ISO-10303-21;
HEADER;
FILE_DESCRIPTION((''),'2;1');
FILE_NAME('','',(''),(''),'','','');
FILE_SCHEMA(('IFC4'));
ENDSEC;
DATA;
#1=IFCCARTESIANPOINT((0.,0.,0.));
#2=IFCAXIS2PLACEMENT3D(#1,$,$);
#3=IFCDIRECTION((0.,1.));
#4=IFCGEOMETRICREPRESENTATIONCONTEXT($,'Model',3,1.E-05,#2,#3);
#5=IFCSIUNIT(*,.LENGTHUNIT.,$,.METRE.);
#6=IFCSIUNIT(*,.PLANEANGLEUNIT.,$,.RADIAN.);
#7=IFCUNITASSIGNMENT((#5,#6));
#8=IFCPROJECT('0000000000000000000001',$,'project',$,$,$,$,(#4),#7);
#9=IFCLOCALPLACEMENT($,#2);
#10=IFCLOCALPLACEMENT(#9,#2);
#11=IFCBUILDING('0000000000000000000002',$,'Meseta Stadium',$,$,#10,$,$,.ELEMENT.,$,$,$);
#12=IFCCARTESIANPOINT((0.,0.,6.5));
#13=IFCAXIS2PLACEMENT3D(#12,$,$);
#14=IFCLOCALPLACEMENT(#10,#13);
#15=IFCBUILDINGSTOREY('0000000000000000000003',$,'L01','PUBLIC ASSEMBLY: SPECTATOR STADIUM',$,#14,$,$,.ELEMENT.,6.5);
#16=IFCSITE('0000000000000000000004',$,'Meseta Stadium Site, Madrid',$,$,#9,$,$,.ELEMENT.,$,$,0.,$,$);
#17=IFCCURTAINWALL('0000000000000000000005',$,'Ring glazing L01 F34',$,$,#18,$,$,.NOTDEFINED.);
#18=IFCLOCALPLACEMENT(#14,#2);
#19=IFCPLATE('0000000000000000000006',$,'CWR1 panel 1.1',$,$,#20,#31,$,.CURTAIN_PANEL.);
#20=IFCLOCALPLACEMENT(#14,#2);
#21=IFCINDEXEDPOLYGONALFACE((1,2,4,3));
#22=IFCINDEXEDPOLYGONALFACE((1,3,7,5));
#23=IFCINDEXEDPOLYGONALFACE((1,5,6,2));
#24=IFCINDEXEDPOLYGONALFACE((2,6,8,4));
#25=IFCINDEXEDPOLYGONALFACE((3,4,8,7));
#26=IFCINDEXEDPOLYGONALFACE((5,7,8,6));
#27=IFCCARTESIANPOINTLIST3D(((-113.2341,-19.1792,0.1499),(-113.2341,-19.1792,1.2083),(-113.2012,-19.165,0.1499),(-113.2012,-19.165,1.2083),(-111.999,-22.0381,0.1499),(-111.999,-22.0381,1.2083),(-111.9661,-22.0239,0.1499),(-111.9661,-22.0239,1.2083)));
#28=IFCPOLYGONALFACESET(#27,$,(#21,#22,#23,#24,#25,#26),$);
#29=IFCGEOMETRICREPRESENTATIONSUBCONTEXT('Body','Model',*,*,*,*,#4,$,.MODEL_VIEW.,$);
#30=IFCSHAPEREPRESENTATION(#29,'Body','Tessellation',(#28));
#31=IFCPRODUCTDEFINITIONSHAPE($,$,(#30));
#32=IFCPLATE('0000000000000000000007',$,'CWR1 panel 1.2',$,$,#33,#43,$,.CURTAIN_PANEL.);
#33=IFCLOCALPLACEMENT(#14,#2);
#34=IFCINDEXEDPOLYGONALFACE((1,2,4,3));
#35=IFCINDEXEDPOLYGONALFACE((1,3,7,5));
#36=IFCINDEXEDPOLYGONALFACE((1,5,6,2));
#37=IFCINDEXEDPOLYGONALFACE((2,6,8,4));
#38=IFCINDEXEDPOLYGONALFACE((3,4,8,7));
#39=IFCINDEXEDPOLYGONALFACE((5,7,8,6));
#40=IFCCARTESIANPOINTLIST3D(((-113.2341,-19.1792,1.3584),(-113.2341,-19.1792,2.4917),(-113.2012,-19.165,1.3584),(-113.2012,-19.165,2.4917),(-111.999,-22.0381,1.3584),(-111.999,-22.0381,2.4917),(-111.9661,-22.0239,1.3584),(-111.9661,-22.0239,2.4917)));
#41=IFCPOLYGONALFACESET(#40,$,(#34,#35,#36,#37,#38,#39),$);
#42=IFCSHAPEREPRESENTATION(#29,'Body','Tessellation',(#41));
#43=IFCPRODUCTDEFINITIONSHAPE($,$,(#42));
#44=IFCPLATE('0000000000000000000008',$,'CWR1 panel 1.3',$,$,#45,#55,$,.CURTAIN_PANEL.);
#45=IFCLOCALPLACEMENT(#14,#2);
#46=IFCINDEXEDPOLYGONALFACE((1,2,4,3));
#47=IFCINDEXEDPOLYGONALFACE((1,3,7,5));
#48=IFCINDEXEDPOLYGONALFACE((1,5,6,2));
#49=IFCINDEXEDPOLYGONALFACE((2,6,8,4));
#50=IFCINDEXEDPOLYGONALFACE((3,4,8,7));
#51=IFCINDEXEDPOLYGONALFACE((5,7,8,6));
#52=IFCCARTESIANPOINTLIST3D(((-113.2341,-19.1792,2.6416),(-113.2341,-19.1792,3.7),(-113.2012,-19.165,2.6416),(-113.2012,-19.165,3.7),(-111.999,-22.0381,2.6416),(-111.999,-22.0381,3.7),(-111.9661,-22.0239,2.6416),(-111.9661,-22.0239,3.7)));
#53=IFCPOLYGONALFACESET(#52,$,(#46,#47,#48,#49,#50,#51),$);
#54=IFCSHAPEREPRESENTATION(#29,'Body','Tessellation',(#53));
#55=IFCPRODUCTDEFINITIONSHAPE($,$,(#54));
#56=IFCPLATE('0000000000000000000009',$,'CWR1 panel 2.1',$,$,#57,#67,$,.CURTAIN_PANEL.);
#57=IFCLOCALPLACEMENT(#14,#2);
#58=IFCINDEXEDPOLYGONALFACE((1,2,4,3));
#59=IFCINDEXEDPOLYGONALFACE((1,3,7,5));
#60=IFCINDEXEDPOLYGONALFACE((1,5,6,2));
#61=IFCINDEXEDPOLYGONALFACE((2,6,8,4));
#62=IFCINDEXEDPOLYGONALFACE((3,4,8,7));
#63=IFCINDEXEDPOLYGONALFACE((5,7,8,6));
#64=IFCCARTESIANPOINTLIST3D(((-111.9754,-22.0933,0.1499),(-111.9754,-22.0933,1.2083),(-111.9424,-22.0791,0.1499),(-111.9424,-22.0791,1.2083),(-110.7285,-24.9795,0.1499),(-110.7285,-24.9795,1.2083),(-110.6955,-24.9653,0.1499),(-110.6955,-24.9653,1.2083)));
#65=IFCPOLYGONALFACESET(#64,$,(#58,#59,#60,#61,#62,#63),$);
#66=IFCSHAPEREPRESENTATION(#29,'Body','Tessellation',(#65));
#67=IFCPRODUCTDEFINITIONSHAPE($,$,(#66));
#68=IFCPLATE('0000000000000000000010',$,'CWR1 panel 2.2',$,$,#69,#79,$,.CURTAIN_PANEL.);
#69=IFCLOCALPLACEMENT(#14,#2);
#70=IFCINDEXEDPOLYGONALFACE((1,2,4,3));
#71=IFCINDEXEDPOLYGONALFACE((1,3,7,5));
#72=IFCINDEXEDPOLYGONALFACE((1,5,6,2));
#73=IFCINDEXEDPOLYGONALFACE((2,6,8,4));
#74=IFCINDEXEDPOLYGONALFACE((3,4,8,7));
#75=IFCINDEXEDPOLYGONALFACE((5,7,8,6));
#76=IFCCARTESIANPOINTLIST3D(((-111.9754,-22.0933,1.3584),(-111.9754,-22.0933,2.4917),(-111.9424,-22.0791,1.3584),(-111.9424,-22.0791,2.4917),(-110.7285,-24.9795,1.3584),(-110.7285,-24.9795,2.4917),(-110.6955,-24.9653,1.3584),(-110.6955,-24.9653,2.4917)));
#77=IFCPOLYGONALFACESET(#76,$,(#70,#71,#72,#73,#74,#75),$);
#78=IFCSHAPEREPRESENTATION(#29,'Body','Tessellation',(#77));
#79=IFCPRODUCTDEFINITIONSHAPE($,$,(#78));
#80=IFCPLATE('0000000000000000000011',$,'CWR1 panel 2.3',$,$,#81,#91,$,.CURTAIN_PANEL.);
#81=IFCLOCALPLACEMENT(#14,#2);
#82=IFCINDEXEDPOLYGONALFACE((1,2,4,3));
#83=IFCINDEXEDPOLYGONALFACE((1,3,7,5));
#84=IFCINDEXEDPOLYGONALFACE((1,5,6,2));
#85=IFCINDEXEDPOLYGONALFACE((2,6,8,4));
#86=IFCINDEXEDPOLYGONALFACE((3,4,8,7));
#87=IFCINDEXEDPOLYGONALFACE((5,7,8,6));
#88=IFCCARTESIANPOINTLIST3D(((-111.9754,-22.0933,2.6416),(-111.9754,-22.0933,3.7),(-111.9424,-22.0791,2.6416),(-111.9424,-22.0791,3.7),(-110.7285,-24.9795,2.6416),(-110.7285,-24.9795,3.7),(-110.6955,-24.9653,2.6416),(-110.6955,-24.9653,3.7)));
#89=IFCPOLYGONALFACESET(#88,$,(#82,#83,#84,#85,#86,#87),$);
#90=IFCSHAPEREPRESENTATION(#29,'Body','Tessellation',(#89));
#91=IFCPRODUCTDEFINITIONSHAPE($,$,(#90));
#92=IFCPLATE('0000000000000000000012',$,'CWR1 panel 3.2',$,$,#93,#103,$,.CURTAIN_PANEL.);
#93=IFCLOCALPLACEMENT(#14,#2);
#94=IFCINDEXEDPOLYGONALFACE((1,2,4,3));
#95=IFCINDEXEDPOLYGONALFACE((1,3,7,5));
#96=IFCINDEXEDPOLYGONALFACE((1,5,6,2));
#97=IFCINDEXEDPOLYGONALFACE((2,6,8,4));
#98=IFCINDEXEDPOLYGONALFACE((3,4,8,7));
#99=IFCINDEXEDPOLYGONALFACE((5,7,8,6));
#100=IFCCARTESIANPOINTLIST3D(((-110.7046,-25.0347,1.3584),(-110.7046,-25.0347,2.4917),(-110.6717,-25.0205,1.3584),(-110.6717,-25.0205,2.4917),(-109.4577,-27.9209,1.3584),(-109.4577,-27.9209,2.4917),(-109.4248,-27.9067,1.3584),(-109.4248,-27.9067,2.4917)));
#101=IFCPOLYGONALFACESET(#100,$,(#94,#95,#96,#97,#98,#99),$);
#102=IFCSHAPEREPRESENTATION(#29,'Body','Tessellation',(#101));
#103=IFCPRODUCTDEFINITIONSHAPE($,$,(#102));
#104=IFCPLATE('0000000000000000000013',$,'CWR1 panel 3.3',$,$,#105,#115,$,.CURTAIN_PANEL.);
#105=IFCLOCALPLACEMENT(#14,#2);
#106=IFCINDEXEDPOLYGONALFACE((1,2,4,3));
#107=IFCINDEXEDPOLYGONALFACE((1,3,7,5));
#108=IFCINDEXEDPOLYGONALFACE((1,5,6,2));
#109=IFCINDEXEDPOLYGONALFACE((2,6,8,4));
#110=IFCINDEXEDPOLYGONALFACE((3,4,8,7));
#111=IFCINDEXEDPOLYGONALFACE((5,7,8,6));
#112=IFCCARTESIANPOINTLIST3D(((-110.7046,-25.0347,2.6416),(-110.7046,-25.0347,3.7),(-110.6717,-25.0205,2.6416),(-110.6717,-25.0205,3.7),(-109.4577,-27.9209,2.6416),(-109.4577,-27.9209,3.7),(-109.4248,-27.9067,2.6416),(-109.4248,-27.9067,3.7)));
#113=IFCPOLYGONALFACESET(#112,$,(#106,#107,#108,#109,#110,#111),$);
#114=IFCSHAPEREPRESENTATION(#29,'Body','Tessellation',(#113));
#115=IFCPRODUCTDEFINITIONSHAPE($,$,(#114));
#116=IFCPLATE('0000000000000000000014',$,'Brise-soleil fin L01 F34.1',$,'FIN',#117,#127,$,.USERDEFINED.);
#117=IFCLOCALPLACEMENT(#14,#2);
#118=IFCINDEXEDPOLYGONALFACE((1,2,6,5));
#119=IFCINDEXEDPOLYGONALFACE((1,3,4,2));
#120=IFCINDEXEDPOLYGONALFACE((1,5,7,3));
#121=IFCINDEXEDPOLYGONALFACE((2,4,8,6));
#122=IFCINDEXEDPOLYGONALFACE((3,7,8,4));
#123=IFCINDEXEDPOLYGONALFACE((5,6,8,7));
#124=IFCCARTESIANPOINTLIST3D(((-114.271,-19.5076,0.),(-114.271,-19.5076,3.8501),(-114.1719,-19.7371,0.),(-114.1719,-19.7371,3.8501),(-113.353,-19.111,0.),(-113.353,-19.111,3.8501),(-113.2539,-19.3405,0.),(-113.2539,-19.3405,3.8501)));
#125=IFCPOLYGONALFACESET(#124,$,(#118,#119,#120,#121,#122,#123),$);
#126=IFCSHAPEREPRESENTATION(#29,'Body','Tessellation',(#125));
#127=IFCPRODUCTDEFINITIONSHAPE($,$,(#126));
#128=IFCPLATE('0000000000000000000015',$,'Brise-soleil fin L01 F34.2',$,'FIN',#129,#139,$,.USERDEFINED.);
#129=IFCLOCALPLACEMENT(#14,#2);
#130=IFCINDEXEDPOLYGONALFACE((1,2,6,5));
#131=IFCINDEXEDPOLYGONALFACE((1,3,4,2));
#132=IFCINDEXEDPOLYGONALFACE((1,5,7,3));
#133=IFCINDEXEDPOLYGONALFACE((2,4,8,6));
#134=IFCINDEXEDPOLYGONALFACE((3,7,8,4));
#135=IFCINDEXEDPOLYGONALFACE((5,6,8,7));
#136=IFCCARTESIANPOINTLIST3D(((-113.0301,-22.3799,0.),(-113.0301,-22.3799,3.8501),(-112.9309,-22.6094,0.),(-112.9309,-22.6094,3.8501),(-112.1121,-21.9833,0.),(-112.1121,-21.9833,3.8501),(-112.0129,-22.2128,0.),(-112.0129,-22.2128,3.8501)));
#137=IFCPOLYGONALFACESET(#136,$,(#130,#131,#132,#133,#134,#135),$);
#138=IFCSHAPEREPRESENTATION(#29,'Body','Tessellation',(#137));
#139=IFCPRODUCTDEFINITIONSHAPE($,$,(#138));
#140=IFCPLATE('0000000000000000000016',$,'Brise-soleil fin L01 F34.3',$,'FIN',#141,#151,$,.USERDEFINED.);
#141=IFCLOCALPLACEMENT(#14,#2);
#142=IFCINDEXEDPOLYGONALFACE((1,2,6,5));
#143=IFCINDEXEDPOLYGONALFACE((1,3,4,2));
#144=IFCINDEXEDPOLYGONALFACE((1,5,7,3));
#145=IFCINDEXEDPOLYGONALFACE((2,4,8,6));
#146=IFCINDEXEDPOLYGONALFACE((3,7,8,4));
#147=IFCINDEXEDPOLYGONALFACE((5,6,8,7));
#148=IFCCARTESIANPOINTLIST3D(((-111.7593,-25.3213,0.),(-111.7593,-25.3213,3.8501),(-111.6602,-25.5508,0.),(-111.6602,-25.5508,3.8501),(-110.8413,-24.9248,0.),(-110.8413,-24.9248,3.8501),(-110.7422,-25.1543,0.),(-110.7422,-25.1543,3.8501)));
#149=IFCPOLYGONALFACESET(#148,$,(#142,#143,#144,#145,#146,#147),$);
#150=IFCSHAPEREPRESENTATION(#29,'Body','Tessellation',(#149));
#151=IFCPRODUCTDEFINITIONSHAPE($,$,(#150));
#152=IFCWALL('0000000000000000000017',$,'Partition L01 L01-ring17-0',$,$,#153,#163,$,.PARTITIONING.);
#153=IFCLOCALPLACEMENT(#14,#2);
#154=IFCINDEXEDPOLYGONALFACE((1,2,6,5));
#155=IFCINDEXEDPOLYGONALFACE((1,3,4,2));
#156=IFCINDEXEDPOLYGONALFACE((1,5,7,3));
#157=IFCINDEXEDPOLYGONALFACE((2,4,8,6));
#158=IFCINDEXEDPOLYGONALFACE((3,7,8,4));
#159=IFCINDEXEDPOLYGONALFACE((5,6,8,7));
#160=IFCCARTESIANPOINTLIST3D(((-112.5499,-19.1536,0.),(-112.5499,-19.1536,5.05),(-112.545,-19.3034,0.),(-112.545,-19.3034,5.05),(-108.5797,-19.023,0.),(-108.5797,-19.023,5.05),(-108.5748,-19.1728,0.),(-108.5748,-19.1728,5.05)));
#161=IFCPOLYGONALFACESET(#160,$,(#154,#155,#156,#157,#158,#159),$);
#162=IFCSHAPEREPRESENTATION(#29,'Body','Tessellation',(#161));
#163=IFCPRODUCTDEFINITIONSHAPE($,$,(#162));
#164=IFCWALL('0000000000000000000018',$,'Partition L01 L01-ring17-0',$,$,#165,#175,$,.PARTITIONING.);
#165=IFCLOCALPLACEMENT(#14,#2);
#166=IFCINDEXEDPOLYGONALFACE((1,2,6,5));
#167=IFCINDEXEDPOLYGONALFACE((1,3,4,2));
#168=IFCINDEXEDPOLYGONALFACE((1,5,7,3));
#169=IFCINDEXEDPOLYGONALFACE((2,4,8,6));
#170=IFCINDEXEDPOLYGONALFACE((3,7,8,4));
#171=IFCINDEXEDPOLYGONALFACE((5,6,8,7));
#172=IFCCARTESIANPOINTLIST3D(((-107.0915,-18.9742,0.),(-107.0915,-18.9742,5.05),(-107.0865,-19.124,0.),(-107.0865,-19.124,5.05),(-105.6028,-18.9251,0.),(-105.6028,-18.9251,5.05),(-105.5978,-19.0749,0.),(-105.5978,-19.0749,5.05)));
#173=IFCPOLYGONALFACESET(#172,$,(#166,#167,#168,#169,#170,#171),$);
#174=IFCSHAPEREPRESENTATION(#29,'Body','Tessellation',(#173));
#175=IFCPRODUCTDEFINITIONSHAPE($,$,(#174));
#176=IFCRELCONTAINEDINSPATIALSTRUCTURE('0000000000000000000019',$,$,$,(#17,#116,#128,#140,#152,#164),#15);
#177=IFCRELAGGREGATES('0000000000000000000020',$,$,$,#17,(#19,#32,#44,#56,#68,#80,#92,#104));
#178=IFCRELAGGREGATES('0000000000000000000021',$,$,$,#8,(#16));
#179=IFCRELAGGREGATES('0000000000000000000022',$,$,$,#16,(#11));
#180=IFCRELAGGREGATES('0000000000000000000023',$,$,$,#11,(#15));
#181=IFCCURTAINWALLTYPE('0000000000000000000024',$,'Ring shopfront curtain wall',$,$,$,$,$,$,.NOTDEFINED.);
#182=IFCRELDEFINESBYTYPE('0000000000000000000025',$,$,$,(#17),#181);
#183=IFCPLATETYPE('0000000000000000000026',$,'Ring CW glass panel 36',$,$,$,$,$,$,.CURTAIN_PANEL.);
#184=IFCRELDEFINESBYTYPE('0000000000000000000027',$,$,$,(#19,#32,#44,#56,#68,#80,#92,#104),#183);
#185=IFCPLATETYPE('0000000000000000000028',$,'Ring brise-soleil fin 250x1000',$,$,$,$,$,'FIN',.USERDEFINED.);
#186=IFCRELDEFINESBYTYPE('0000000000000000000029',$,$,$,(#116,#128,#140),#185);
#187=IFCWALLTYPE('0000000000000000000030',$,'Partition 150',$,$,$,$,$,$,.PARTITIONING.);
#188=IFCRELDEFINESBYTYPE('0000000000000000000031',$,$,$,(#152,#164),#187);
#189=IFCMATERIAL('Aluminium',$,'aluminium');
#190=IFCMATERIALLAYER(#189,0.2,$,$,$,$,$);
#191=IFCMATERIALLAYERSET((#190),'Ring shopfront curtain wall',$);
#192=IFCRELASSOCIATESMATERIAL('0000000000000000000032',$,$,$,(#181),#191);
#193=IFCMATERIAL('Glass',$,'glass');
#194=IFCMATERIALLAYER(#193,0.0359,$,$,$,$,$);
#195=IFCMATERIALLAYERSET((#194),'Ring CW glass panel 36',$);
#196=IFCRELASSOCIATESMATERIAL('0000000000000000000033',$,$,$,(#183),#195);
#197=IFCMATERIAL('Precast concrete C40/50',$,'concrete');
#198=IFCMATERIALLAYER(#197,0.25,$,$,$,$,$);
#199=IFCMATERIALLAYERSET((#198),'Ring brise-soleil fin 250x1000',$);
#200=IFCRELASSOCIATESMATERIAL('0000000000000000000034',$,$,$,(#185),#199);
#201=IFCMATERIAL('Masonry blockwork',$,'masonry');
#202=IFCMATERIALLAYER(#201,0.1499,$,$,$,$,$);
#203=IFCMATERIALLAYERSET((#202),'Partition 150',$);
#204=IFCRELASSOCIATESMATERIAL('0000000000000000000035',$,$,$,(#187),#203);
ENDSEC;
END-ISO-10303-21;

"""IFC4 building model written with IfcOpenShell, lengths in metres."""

from ifc_helpers import new_model, si_unit, direction, frame, frame_2d, origin, origin_2d, place, context, subcontext, project, spatial, rectangle, extrude, material, layer, layer_set, type_object, element, aggregate, save


model = new_model("IFC4")

# Units and contexts
model_context = context("Model", 3, precision=1e-05, world=origin(), true_north=direction((0.0, 1.0)))
body_context = subcontext(model_context, "Body", "Model", "MODEL_VIEW")
ifc_project = project(units=[si_unit("LENGTHUNIT", "METRE"), si_unit("PLANEANGLEUNIT", "RADIAN")], contexts=[model_context])

# Site, building, storey
site_placement = place(None, origin())
site = spatial("IfcSite", under=ifc_project, at=site_placement, Name="Meseta Stadium Site, Madrid", CompositionType="ELEMENT", RefElevation=0.0)
building_placement = place(site_placement, origin())
building = spatial("IfcBuilding", under=site, at=building_placement, Name="Meseta Stadium", CompositionType="ELEMENT")
storey_placement = place(building_placement, frame((0.0, 0.0, 6.5)))
storey = spatial("IfcBuildingStorey", under=building, at=storey_placement, Name="L01", Description="PUBLIC ASSEMBLY: SPECTATOR STADIUM", CompositionType="ELEMENT", Elevation=6.5)

# Curtain wall
ifc_material_1 = material(Name="Aluminium", Category="aluminium")
ifc_layer_1 = layer(ifc_material_1, 0.2)
ifc_layer_set_1 = layer_set([ifc_layer_1], Name="Ring shopfront curtain wall")
curtain_wall_type = type_object("IfcCurtainWallType", Name="Ring shopfront curtain wall", PredefinedType="NOTDEFINED", material=ifc_layer_set_1)
curtain_wall_placement = place(storey_placement, origin())
curtain_wall = element("IfcCurtainWall", 1, at=curtain_wall_placement, inside=storey, type_object=curtain_wall_type, Name="Ring glazing L01 F34", PredefinedType="NOTDEFINED")

# Plates
ifc_material_2 = material(Name="Glass", Category="glass")
ifc_layer_2 = layer(ifc_material_2, 0.0359)
ifc_layer_set_2 = layer_set([ifc_layer_2], Name="Ring CW glass panel 36")
plate_type_1 = type_object("IfcPlateType", Name="Ring CW glass panel 36", PredefinedType="CURTAIN_PANEL", material=ifc_layer_set_2)
plate_1_placement = place(storey_placement, frame((-112.6001, -20.6016, 0.1499), z_axis=(0.0, 0.0, 1.0), x_axis=(0.396581, -0.918, 0.0)))
plate_1 = element("IfcPlate", 2, at=plate_1_placement, type_object=plate_type_1, Name="CWR1 panel 1.1", PredefinedType="CURTAIN_PANEL", context=body_context, shape_type="SweptSolid", body=[
    extrude(rectangle(XDim=3.1143, YDim=0.0359, at=origin_2d()), origin(), (0.0, 0.0, 1.0), 1.0583),
])
plate_2_placement = place(storey_placement, frame((-112.6001, -20.6016, 1.3584), z_axis=(0.0, 0.0, 1.0), x_axis=(0.396581, -0.918, 0.0)))
plate_2 = element("IfcPlate", 3, at=plate_2_placement, type_object=plate_type_1, Name="CWR1 panel 1.2", PredefinedType="CURTAIN_PANEL", context=body_context, shape_type="SweptSolid", body=[
    extrude(rectangle(XDim=3.1143, YDim=0.0359, at=origin_2d()), origin(), (0.0, 0.0, 1.0), 1.1333),
])
plate_3_placement = place(storey_placement, frame((-112.6001, -20.6016, 2.6416), z_axis=(0.0, 0.0, 1.0), x_axis=(0.396581, -0.918, 0.0)))
plate_3 = element("IfcPlate", 4, at=plate_3_placement, type_object=plate_type_1, Name="CWR1 panel 1.3", PredefinedType="CURTAIN_PANEL", context=body_context, shape_type="SweptSolid", body=[
    extrude(rectangle(XDim=3.1143, YDim=0.0359, at=origin_2d()), origin(), (0.0, 0.0, 1.0), 1.0583),
])
plate_4_placement = place(storey_placement, frame((-111.3354, -23.5293, 0.1499), z_axis=(0.0, 0.0, 1.0), x_axis=(0.396581, -0.918, 0.0)))
plate_4 = element("IfcPlate", 5, at=plate_4_placement, type_object=plate_type_1, Name="CWR1 panel 2.1", PredefinedType="CURTAIN_PANEL", context=body_context, shape_type="SweptSolid", body=[
    extrude(rectangle(XDim=3.144, YDim=0.0359, at=origin_2d()), origin(), (0.0, 0.0, 1.0), 1.0583),
])
plate_5_placement = place(storey_placement, frame((-111.3354, -23.5293, 1.3584), z_axis=(0.0, 0.0, 1.0), x_axis=(0.396581, -0.918, 0.0)))
plate_5 = element("IfcPlate", 6, at=plate_5_placement, type_object=plate_type_1, Name="CWR1 panel 2.2", PredefinedType="CURTAIN_PANEL", context=body_context, shape_type="SweptSolid", body=[
    extrude(rectangle(XDim=3.144, YDim=0.0359, at=origin_2d()), origin(), (0.0, 0.0, 1.0), 1.1333),
])
plate_6_placement = place(storey_placement, frame((-111.3354, -23.5293, 2.6416), z_axis=(0.0, 0.0, 1.0), x_axis=(0.396581, -0.918, 0.0)))
plate_6 = element("IfcPlate", 7, at=plate_6_placement, type_object=plate_type_1, Name="CWR1 panel 2.3", PredefinedType="CURTAIN_PANEL", context=body_context, shape_type="SweptSolid", body=[
    extrude(rectangle(XDim=3.144, YDim=0.0359, at=origin_2d()), origin(), (0.0, 0.0, 1.0), 1.0583),
])
plate_7_placement = place(storey_placement, frame((-110.0647, -26.4707, 1.3584), z_axis=(0.0, 0.0, 1.0), x_axis=(0.396581, -0.918, 0.0)))
plate_7 = element("IfcPlate", 8, at=plate_7_placement, type_object=plate_type_1, Name="CWR1 panel 3.2", PredefinedType="CURTAIN_PANEL", context=body_context, shape_type="SweptSolid", body=[
    extrude(rectangle(XDim=3.144, YDim=0.0359, at=origin_2d()), origin(), (0.0, 0.0, 1.0), 1.1333),
])
plate_8_placement = place(storey_placement, frame((-110.0647, -26.4707, 2.6416), z_axis=(0.0, 0.0, 1.0), x_axis=(0.396581, -0.918, 0.0)))
plate_8 = element("IfcPlate", 9, at=plate_8_placement, type_object=plate_type_1, Name="CWR1 panel 3.3", PredefinedType="CURTAIN_PANEL", context=body_context, shape_type="SweptSolid", body=[
    extrude(rectangle(XDim=3.144, YDim=0.0359, at=origin_2d()), origin(), (0.0, 0.0, 1.0), 1.0583),
])
aggregate(curtain_wall, [plate_1, plate_2, plate_3, plate_4, plate_5, plate_6, plate_7, plate_8])

# Plates
ifc_material_3 = material(Name="Precast concrete C40/50", Category="concrete")
ifc_layer_3 = layer(ifc_material_3, 0.25)
ifc_layer_set_3 = layer_set([ifc_layer_3], Name="Ring brise-soleil fin 250x1000")
plate_type_2 = type_object("IfcPlateType", Name="Ring brise-soleil fin 250x1000", ElementType="FIN", PredefinedType="USERDEFINED", material=ifc_layer_set_3)
for number, where, z_axis, x_axis, name in (
    (10, (-113.7625, -19.4241, 0.0), (0.0, 0.0, 1.0), (0.396576, -0.918002, 0.0), "Brise-soleil fin L01 F34.1"),
    (11, (-112.5215, -22.2964, 0.0), (0.0, 0.0, 1.0), (0.396576, -0.918002, 0.0), "Brise-soleil fin L01 F34.2"),
    (12, (-111.2507, -25.2378, 0.0), (0.0, 0.0, 1.0), (0.396576, -0.918002, 0.0), "Brise-soleil fin L01 F34.3"),
):
    element("IfcPlate", number, at=place(storey_placement, frame(where, z_axis=z_axis, x_axis=x_axis)), inside=storey, type_object=plate_type_2, Name=name, ObjectType="FIN", PredefinedType="USERDEFINED", context=body_context, shape_type="SweptSolid", body=[
        extrude(rectangle(XDim=0.25, YDim=1.0, at=origin_2d()), origin(), (0.0, 0.0, 1.0), 3.8501),
    ])

# Walls
ifc_material_4 = material(Name="Masonry blockwork", Category="masonry")
ifc_layer_4 = layer(ifc_material_4, 0.1499)
ifc_layer_set_4 = layer_set([ifc_layer_4], Name="Partition 150")
wall_type = type_object("IfcWallType", Name="Partition 150", PredefinedType="PARTITIONING", material=ifc_layer_set_4)
wall_1_placement = place(storey_placement, frame((-112.5476, -19.2285, 0.0), z_axis=(0.0, 0.0, 1.0), x_axis=(0.999459, 0.032881, 0.0)))
element("IfcWall", 13, at=wall_1_placement, inside=storey, type_object=wall_type, Name="Partition L01 L01-ring17-0", PredefinedType="PARTITIONING", context=body_context, shape_type="SweptSolid", body=[
    extrude(rectangle(XDim=3.9724, YDim=0.1499, at=frame_2d((1.9863, 0.0))), origin(), (0.0, 0.0, 1.0), 5.05),
])
wall_2_placement = place(storey_placement, frame((-107.0889, -19.0491, 0.0), z_axis=(0.0, 0.0, 1.0), x_axis=(0.999457, 0.032944, 0.0)))
element("IfcWall", 14, at=wall_2_placement, inside=storey, type_object=wall_type, Name="Partition L01 L01-ring17-0", PredefinedType="PARTITIONING", context=body_context, shape_type="SweptSolid", body=[
    extrude(rectangle(XDim=1.4895, YDim=0.1499, at=frame_2d((0.7446, 0.0))), origin(), (0.0, 0.0, 1.0), 5.05),
])

save(model, "model.ifc")
